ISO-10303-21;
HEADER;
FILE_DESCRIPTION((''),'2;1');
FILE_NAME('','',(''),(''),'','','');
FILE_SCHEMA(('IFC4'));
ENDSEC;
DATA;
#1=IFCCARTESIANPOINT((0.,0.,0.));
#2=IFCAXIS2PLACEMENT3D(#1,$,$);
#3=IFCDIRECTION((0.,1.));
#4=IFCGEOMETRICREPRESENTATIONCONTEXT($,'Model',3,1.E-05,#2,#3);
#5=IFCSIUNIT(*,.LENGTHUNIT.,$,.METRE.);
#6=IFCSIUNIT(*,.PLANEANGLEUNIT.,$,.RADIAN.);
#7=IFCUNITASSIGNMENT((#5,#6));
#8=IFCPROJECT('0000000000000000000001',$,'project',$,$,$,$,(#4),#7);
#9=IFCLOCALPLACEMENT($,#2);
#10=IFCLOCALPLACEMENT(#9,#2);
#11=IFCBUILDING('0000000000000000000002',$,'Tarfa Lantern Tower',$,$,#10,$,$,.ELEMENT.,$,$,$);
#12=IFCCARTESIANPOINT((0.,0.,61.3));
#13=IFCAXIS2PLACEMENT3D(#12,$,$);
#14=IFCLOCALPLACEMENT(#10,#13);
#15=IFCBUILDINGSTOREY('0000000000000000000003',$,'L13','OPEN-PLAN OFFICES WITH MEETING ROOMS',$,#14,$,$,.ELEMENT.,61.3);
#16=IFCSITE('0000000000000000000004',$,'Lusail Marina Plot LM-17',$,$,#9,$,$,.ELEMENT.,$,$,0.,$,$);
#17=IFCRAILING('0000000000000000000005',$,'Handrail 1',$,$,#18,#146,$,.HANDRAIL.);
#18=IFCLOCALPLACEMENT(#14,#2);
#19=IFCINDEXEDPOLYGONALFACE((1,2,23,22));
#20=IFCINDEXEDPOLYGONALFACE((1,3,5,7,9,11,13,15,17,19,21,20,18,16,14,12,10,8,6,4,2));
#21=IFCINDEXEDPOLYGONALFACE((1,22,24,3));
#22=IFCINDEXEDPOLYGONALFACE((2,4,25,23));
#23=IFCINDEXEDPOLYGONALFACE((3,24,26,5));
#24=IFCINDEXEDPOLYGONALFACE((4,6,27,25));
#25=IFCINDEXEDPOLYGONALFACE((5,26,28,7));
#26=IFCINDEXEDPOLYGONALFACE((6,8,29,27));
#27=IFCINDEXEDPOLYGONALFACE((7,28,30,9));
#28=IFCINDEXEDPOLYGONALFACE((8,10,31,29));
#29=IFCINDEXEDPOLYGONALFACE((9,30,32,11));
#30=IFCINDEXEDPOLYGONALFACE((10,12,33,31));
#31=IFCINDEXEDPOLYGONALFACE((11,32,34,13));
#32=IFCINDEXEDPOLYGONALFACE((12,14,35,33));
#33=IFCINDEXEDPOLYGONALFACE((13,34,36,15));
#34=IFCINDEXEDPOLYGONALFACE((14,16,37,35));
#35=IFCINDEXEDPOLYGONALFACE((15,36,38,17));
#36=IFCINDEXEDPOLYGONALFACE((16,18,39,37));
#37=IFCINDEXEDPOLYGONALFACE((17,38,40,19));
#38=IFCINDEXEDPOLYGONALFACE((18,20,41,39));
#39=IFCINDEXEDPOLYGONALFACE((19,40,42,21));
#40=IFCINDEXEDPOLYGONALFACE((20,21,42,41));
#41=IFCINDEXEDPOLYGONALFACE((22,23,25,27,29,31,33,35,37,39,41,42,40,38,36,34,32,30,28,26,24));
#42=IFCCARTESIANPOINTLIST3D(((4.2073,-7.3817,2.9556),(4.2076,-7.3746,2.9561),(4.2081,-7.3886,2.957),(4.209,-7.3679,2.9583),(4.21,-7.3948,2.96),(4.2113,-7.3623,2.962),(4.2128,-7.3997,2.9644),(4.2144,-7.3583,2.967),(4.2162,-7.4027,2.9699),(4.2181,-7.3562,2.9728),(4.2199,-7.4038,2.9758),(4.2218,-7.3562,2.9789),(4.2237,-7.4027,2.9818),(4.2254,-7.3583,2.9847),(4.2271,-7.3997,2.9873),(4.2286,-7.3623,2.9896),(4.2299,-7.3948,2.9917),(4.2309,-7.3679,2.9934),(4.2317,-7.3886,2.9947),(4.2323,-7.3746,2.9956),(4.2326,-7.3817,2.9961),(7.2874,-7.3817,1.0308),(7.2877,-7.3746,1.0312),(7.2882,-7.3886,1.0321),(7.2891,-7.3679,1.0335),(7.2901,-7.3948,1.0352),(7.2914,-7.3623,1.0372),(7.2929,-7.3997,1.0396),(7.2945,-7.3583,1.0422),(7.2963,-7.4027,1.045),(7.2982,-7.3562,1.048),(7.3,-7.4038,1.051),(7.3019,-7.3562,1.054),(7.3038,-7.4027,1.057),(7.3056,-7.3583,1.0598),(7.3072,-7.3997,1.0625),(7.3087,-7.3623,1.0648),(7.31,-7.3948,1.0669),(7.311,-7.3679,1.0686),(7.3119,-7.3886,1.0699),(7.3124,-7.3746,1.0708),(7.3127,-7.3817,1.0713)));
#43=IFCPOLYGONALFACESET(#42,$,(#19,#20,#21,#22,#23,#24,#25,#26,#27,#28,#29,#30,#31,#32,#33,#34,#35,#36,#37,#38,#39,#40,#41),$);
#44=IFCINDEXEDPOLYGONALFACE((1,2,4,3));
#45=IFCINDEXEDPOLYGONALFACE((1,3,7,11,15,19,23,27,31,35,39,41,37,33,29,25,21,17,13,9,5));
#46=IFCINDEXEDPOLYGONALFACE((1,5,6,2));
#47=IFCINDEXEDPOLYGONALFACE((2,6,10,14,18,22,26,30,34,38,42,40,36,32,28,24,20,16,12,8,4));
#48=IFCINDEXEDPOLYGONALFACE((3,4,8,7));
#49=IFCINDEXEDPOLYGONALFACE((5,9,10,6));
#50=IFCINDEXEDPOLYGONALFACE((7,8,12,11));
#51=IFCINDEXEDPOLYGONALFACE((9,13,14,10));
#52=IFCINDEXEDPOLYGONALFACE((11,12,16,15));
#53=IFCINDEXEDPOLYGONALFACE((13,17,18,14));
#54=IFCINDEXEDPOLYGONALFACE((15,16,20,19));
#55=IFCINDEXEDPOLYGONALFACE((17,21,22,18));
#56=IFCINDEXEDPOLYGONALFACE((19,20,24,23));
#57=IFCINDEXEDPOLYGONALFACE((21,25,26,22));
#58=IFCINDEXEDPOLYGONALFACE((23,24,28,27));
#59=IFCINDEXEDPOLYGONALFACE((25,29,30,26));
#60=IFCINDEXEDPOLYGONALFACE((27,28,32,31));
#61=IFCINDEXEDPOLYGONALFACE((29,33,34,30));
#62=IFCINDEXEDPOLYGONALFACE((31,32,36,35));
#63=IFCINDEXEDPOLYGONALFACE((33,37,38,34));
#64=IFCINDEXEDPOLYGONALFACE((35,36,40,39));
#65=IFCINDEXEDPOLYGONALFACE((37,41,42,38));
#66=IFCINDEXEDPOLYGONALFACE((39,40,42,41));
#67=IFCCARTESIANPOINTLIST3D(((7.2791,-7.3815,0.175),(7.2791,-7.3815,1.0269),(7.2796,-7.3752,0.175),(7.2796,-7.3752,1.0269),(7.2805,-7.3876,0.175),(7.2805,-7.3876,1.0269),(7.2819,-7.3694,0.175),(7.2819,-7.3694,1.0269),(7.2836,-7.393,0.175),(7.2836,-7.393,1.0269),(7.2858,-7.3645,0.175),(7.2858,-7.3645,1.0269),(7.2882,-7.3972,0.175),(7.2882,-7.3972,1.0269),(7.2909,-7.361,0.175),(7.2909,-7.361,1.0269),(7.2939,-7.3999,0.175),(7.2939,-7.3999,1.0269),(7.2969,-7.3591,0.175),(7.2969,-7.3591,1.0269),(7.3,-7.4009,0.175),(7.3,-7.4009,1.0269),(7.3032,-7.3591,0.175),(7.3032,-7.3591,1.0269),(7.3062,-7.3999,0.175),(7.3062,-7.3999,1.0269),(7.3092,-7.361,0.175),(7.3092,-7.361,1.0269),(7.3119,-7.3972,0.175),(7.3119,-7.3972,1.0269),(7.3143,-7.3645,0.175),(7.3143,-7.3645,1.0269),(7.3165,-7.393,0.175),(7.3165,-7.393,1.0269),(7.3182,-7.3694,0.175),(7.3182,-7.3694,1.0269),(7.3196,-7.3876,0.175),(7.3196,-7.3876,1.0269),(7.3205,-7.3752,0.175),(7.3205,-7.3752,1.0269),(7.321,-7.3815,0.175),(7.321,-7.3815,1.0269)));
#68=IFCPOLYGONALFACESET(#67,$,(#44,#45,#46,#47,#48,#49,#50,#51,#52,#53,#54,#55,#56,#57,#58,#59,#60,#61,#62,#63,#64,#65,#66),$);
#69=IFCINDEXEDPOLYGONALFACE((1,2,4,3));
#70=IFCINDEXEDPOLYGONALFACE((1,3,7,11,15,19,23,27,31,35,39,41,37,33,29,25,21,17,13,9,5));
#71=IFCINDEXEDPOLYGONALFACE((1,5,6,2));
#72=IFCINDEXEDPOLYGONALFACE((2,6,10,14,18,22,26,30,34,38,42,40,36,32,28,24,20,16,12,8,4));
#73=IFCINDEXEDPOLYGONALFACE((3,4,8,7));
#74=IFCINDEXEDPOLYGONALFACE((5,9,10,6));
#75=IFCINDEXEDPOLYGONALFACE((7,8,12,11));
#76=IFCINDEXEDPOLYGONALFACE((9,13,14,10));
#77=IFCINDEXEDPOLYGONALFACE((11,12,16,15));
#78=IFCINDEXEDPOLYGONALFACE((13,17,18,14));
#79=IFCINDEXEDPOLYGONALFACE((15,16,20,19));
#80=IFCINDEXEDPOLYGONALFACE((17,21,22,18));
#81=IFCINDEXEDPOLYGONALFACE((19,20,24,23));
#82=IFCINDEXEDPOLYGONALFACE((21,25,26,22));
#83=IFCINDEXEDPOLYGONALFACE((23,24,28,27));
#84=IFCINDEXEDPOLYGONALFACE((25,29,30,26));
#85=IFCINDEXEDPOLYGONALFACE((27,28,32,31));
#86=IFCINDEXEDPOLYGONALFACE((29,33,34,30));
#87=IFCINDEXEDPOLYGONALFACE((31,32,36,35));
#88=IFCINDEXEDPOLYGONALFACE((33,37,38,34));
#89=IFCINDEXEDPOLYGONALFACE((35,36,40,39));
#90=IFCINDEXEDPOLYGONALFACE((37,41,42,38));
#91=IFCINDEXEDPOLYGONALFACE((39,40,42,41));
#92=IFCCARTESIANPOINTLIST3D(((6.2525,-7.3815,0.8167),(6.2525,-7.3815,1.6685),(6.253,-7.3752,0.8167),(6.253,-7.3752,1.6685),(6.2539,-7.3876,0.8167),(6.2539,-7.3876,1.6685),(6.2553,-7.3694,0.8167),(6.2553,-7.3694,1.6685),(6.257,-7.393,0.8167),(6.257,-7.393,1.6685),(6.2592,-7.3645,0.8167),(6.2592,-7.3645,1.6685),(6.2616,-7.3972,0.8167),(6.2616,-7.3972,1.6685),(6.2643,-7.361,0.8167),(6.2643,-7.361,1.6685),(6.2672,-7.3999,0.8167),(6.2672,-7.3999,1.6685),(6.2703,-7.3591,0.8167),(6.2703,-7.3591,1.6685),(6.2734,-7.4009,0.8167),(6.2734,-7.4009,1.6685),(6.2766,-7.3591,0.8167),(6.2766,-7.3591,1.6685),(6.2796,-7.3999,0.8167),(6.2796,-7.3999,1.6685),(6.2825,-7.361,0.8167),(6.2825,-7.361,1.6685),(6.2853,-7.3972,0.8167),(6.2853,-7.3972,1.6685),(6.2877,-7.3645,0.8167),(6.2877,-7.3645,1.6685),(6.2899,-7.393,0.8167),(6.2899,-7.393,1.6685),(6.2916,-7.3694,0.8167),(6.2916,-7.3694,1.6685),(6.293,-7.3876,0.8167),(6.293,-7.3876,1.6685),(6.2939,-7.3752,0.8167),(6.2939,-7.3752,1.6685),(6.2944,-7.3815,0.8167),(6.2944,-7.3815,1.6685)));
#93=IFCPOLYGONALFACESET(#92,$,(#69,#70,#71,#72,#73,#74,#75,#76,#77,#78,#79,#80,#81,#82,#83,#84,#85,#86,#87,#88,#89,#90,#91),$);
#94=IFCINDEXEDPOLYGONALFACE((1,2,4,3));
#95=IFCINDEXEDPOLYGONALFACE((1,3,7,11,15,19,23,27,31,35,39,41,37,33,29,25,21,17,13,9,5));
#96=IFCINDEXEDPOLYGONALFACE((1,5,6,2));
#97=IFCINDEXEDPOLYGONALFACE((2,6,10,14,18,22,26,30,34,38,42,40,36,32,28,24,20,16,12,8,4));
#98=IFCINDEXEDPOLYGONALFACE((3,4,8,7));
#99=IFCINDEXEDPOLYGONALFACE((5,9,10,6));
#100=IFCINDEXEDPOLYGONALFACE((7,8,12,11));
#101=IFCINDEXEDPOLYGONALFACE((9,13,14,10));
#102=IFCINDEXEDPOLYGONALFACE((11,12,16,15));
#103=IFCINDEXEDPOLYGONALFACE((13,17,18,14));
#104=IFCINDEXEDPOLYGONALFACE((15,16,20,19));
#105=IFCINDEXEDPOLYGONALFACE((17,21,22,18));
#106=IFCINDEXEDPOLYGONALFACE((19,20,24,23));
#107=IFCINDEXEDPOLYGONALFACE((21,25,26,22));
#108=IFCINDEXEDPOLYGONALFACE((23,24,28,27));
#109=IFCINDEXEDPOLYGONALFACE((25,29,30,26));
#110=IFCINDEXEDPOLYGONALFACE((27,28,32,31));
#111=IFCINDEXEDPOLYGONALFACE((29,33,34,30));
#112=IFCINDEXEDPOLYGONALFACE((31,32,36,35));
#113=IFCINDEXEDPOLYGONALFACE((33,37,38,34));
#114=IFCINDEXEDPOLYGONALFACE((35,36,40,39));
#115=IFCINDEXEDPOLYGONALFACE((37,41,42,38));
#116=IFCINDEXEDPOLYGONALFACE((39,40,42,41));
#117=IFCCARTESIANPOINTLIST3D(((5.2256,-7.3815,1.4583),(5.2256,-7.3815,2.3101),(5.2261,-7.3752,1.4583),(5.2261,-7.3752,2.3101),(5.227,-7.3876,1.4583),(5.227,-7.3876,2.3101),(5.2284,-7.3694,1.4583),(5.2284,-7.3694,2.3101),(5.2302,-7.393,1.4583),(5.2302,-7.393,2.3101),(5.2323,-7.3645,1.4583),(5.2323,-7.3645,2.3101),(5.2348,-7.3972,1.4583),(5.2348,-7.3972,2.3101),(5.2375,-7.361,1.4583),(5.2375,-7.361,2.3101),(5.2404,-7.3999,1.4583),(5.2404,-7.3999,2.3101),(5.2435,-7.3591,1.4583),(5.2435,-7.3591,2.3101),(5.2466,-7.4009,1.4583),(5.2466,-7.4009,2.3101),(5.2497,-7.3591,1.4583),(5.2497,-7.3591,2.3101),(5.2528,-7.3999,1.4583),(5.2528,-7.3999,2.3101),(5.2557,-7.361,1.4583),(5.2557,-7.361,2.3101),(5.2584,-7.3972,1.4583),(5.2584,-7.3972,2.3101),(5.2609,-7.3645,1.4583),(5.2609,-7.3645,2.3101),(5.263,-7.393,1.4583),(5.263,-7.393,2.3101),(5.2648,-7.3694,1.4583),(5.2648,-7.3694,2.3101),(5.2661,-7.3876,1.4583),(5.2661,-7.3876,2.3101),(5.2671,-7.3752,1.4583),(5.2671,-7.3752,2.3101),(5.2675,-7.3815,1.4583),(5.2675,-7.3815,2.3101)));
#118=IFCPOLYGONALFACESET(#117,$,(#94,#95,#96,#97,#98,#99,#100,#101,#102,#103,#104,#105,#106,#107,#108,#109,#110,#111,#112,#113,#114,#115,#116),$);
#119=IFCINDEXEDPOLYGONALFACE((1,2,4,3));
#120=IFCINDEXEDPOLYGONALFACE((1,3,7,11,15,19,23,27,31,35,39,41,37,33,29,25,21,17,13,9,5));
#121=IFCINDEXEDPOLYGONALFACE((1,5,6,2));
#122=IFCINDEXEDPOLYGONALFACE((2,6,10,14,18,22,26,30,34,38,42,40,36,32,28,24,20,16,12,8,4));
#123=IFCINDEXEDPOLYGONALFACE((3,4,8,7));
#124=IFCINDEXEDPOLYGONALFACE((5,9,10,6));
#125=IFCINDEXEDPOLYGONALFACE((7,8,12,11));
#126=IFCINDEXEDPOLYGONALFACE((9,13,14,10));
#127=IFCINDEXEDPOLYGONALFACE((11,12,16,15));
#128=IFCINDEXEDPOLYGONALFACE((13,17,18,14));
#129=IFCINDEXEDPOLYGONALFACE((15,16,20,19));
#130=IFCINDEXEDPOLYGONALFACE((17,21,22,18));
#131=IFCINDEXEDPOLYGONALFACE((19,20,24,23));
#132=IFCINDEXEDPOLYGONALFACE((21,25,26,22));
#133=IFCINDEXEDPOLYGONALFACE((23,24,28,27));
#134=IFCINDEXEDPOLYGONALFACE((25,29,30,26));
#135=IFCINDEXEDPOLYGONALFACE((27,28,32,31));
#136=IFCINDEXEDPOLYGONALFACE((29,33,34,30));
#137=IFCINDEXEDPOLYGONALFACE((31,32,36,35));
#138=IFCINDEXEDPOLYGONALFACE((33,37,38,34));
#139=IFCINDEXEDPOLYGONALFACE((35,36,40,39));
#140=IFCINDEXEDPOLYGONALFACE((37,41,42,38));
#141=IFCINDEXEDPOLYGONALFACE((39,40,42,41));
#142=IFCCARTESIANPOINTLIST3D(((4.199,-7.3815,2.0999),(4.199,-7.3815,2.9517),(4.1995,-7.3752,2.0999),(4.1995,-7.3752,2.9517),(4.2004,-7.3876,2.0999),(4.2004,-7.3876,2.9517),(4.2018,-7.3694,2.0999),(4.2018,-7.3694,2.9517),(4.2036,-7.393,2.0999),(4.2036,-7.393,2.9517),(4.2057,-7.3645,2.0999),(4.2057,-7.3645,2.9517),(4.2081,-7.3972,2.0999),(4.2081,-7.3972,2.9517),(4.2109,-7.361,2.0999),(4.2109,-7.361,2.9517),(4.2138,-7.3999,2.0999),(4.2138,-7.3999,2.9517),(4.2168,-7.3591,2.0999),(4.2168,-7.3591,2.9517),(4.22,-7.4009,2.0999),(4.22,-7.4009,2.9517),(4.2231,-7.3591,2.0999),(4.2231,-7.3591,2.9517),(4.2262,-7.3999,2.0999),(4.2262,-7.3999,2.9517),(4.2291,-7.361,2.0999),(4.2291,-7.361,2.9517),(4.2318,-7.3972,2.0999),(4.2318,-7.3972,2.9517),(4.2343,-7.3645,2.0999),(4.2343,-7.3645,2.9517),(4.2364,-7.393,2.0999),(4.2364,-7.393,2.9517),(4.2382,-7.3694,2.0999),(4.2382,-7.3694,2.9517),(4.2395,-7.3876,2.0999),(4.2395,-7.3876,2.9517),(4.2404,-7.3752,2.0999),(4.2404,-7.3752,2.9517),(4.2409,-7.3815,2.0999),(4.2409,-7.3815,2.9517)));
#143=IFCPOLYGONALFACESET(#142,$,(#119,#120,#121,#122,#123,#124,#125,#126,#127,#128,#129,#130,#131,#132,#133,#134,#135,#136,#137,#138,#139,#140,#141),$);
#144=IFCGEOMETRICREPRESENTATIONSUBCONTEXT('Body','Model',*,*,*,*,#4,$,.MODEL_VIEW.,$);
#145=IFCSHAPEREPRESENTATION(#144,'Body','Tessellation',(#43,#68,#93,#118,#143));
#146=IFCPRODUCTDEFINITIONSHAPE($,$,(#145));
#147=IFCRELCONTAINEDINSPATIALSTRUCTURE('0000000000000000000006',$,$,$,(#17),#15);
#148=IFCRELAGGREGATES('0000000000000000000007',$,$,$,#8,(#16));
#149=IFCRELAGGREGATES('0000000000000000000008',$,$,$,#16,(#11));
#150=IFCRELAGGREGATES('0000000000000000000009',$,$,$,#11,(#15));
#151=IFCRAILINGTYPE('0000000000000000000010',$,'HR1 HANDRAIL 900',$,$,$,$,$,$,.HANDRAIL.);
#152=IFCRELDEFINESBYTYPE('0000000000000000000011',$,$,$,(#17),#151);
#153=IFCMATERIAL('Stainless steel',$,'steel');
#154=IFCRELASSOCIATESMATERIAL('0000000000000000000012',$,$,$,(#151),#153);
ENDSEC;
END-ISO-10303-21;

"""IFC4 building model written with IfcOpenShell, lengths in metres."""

from ifc_helpers import new_model, si_unit, direction, frame, origin, origin_2d, place, context, subcontext, project, spatial, circle, extrude, material, type_object, element, save


model = new_model("IFC4")

# Units and contexts
model_context = context("Model", 3, precision=1e-05, world=origin(), true_north=direction((0.0, 1.0)))
body_context = subcontext(model_context, "Body", "Model", "MODEL_VIEW")
ifc_project = project(units=[si_unit("LENGTHUNIT", "METRE"), si_unit("PLANEANGLEUNIT", "RADIAN")], contexts=[model_context])

# Site, building, storey
site_placement = place(None, origin())
site = spatial("IfcSite", under=ifc_project, at=site_placement, Name="Lusail Marina Plot LM-17", CompositionType="ELEMENT", RefElevation=0.0)
building_placement = place(site_placement, origin())
building = spatial("IfcBuilding", under=site, at=building_placement, Name="Tarfa Lantern Tower", CompositionType="ELEMENT")
storey_placement = place(building_placement, frame((0.0, 0.0, 61.3)))
storey = spatial("IfcBuildingStorey", under=building, at=storey_placement, Name="L13", Description="OPEN-PLAN OFFICES WITH MEETING ROOMS", CompositionType="ELEMENT", Elevation=61.3)

# Railing
ifc_material_1 = material(Name="Stainless steel", Category="steel")
railing_type = type_object("IfcRailingType", Name="HR1 HANDRAIL 900", PredefinedType="HANDRAIL", material=ifc_material_1)
railing_1_placement = place(storey_placement, frame((7.3, -7.3799, 0.175)))
element("IfcRailing", 1, at=railing_1_placement, inside=storey, type_object=railing_type, Name="Handrail 1", PredefinedType="HANDRAIL", context=body_context, shape_type="SweptSolid", body=[
    extrude(circle(Radius=0.0239, at=origin_2d()), frame((0.0, 0.0, 0.876), z_axis=(-0.848029, 0.0, 0.529951), x_axis=(0.0, -1.0, 0.0)), (0.0, 0.0, 1.0), 3.6321),
    extrude(circle(Radius=0.021, at=origin_2d()), frame((0.0, 0.0, 0.0), z_axis=(0.0, 0.0, 1.0), x_axis=(0.0, -1.0, 0.0)), (0.0, 0.0, 1.0), 0.8518),
    extrude(circle(Radius=0.021, at=origin_2d()), frame((-1.0266, 0.0, 0.6416), z_axis=(0.0, 0.0, 1.0), x_axis=(0.0, -1.0, 0.0)), (0.0, 0.0, 1.0), 0.8518),
    extrude(circle(Radius=0.021, at=origin_2d()), frame((-2.0535, 0.0, 1.2832), z_axis=(0.0, 0.0, 1.0), x_axis=(0.0, -1.0, 0.0)), (0.0, 0.0, 1.0), 0.8518),
    extrude(circle(Radius=0.021, at=origin_2d()), frame((-3.0801, 0.0, 1.9248), z_axis=(0.0, 0.0, 1.0), x_axis=(0.0, -1.0, 0.0)), (0.0, 0.0, 1.0), 0.8518),
])

save(model, "model.ifc")
